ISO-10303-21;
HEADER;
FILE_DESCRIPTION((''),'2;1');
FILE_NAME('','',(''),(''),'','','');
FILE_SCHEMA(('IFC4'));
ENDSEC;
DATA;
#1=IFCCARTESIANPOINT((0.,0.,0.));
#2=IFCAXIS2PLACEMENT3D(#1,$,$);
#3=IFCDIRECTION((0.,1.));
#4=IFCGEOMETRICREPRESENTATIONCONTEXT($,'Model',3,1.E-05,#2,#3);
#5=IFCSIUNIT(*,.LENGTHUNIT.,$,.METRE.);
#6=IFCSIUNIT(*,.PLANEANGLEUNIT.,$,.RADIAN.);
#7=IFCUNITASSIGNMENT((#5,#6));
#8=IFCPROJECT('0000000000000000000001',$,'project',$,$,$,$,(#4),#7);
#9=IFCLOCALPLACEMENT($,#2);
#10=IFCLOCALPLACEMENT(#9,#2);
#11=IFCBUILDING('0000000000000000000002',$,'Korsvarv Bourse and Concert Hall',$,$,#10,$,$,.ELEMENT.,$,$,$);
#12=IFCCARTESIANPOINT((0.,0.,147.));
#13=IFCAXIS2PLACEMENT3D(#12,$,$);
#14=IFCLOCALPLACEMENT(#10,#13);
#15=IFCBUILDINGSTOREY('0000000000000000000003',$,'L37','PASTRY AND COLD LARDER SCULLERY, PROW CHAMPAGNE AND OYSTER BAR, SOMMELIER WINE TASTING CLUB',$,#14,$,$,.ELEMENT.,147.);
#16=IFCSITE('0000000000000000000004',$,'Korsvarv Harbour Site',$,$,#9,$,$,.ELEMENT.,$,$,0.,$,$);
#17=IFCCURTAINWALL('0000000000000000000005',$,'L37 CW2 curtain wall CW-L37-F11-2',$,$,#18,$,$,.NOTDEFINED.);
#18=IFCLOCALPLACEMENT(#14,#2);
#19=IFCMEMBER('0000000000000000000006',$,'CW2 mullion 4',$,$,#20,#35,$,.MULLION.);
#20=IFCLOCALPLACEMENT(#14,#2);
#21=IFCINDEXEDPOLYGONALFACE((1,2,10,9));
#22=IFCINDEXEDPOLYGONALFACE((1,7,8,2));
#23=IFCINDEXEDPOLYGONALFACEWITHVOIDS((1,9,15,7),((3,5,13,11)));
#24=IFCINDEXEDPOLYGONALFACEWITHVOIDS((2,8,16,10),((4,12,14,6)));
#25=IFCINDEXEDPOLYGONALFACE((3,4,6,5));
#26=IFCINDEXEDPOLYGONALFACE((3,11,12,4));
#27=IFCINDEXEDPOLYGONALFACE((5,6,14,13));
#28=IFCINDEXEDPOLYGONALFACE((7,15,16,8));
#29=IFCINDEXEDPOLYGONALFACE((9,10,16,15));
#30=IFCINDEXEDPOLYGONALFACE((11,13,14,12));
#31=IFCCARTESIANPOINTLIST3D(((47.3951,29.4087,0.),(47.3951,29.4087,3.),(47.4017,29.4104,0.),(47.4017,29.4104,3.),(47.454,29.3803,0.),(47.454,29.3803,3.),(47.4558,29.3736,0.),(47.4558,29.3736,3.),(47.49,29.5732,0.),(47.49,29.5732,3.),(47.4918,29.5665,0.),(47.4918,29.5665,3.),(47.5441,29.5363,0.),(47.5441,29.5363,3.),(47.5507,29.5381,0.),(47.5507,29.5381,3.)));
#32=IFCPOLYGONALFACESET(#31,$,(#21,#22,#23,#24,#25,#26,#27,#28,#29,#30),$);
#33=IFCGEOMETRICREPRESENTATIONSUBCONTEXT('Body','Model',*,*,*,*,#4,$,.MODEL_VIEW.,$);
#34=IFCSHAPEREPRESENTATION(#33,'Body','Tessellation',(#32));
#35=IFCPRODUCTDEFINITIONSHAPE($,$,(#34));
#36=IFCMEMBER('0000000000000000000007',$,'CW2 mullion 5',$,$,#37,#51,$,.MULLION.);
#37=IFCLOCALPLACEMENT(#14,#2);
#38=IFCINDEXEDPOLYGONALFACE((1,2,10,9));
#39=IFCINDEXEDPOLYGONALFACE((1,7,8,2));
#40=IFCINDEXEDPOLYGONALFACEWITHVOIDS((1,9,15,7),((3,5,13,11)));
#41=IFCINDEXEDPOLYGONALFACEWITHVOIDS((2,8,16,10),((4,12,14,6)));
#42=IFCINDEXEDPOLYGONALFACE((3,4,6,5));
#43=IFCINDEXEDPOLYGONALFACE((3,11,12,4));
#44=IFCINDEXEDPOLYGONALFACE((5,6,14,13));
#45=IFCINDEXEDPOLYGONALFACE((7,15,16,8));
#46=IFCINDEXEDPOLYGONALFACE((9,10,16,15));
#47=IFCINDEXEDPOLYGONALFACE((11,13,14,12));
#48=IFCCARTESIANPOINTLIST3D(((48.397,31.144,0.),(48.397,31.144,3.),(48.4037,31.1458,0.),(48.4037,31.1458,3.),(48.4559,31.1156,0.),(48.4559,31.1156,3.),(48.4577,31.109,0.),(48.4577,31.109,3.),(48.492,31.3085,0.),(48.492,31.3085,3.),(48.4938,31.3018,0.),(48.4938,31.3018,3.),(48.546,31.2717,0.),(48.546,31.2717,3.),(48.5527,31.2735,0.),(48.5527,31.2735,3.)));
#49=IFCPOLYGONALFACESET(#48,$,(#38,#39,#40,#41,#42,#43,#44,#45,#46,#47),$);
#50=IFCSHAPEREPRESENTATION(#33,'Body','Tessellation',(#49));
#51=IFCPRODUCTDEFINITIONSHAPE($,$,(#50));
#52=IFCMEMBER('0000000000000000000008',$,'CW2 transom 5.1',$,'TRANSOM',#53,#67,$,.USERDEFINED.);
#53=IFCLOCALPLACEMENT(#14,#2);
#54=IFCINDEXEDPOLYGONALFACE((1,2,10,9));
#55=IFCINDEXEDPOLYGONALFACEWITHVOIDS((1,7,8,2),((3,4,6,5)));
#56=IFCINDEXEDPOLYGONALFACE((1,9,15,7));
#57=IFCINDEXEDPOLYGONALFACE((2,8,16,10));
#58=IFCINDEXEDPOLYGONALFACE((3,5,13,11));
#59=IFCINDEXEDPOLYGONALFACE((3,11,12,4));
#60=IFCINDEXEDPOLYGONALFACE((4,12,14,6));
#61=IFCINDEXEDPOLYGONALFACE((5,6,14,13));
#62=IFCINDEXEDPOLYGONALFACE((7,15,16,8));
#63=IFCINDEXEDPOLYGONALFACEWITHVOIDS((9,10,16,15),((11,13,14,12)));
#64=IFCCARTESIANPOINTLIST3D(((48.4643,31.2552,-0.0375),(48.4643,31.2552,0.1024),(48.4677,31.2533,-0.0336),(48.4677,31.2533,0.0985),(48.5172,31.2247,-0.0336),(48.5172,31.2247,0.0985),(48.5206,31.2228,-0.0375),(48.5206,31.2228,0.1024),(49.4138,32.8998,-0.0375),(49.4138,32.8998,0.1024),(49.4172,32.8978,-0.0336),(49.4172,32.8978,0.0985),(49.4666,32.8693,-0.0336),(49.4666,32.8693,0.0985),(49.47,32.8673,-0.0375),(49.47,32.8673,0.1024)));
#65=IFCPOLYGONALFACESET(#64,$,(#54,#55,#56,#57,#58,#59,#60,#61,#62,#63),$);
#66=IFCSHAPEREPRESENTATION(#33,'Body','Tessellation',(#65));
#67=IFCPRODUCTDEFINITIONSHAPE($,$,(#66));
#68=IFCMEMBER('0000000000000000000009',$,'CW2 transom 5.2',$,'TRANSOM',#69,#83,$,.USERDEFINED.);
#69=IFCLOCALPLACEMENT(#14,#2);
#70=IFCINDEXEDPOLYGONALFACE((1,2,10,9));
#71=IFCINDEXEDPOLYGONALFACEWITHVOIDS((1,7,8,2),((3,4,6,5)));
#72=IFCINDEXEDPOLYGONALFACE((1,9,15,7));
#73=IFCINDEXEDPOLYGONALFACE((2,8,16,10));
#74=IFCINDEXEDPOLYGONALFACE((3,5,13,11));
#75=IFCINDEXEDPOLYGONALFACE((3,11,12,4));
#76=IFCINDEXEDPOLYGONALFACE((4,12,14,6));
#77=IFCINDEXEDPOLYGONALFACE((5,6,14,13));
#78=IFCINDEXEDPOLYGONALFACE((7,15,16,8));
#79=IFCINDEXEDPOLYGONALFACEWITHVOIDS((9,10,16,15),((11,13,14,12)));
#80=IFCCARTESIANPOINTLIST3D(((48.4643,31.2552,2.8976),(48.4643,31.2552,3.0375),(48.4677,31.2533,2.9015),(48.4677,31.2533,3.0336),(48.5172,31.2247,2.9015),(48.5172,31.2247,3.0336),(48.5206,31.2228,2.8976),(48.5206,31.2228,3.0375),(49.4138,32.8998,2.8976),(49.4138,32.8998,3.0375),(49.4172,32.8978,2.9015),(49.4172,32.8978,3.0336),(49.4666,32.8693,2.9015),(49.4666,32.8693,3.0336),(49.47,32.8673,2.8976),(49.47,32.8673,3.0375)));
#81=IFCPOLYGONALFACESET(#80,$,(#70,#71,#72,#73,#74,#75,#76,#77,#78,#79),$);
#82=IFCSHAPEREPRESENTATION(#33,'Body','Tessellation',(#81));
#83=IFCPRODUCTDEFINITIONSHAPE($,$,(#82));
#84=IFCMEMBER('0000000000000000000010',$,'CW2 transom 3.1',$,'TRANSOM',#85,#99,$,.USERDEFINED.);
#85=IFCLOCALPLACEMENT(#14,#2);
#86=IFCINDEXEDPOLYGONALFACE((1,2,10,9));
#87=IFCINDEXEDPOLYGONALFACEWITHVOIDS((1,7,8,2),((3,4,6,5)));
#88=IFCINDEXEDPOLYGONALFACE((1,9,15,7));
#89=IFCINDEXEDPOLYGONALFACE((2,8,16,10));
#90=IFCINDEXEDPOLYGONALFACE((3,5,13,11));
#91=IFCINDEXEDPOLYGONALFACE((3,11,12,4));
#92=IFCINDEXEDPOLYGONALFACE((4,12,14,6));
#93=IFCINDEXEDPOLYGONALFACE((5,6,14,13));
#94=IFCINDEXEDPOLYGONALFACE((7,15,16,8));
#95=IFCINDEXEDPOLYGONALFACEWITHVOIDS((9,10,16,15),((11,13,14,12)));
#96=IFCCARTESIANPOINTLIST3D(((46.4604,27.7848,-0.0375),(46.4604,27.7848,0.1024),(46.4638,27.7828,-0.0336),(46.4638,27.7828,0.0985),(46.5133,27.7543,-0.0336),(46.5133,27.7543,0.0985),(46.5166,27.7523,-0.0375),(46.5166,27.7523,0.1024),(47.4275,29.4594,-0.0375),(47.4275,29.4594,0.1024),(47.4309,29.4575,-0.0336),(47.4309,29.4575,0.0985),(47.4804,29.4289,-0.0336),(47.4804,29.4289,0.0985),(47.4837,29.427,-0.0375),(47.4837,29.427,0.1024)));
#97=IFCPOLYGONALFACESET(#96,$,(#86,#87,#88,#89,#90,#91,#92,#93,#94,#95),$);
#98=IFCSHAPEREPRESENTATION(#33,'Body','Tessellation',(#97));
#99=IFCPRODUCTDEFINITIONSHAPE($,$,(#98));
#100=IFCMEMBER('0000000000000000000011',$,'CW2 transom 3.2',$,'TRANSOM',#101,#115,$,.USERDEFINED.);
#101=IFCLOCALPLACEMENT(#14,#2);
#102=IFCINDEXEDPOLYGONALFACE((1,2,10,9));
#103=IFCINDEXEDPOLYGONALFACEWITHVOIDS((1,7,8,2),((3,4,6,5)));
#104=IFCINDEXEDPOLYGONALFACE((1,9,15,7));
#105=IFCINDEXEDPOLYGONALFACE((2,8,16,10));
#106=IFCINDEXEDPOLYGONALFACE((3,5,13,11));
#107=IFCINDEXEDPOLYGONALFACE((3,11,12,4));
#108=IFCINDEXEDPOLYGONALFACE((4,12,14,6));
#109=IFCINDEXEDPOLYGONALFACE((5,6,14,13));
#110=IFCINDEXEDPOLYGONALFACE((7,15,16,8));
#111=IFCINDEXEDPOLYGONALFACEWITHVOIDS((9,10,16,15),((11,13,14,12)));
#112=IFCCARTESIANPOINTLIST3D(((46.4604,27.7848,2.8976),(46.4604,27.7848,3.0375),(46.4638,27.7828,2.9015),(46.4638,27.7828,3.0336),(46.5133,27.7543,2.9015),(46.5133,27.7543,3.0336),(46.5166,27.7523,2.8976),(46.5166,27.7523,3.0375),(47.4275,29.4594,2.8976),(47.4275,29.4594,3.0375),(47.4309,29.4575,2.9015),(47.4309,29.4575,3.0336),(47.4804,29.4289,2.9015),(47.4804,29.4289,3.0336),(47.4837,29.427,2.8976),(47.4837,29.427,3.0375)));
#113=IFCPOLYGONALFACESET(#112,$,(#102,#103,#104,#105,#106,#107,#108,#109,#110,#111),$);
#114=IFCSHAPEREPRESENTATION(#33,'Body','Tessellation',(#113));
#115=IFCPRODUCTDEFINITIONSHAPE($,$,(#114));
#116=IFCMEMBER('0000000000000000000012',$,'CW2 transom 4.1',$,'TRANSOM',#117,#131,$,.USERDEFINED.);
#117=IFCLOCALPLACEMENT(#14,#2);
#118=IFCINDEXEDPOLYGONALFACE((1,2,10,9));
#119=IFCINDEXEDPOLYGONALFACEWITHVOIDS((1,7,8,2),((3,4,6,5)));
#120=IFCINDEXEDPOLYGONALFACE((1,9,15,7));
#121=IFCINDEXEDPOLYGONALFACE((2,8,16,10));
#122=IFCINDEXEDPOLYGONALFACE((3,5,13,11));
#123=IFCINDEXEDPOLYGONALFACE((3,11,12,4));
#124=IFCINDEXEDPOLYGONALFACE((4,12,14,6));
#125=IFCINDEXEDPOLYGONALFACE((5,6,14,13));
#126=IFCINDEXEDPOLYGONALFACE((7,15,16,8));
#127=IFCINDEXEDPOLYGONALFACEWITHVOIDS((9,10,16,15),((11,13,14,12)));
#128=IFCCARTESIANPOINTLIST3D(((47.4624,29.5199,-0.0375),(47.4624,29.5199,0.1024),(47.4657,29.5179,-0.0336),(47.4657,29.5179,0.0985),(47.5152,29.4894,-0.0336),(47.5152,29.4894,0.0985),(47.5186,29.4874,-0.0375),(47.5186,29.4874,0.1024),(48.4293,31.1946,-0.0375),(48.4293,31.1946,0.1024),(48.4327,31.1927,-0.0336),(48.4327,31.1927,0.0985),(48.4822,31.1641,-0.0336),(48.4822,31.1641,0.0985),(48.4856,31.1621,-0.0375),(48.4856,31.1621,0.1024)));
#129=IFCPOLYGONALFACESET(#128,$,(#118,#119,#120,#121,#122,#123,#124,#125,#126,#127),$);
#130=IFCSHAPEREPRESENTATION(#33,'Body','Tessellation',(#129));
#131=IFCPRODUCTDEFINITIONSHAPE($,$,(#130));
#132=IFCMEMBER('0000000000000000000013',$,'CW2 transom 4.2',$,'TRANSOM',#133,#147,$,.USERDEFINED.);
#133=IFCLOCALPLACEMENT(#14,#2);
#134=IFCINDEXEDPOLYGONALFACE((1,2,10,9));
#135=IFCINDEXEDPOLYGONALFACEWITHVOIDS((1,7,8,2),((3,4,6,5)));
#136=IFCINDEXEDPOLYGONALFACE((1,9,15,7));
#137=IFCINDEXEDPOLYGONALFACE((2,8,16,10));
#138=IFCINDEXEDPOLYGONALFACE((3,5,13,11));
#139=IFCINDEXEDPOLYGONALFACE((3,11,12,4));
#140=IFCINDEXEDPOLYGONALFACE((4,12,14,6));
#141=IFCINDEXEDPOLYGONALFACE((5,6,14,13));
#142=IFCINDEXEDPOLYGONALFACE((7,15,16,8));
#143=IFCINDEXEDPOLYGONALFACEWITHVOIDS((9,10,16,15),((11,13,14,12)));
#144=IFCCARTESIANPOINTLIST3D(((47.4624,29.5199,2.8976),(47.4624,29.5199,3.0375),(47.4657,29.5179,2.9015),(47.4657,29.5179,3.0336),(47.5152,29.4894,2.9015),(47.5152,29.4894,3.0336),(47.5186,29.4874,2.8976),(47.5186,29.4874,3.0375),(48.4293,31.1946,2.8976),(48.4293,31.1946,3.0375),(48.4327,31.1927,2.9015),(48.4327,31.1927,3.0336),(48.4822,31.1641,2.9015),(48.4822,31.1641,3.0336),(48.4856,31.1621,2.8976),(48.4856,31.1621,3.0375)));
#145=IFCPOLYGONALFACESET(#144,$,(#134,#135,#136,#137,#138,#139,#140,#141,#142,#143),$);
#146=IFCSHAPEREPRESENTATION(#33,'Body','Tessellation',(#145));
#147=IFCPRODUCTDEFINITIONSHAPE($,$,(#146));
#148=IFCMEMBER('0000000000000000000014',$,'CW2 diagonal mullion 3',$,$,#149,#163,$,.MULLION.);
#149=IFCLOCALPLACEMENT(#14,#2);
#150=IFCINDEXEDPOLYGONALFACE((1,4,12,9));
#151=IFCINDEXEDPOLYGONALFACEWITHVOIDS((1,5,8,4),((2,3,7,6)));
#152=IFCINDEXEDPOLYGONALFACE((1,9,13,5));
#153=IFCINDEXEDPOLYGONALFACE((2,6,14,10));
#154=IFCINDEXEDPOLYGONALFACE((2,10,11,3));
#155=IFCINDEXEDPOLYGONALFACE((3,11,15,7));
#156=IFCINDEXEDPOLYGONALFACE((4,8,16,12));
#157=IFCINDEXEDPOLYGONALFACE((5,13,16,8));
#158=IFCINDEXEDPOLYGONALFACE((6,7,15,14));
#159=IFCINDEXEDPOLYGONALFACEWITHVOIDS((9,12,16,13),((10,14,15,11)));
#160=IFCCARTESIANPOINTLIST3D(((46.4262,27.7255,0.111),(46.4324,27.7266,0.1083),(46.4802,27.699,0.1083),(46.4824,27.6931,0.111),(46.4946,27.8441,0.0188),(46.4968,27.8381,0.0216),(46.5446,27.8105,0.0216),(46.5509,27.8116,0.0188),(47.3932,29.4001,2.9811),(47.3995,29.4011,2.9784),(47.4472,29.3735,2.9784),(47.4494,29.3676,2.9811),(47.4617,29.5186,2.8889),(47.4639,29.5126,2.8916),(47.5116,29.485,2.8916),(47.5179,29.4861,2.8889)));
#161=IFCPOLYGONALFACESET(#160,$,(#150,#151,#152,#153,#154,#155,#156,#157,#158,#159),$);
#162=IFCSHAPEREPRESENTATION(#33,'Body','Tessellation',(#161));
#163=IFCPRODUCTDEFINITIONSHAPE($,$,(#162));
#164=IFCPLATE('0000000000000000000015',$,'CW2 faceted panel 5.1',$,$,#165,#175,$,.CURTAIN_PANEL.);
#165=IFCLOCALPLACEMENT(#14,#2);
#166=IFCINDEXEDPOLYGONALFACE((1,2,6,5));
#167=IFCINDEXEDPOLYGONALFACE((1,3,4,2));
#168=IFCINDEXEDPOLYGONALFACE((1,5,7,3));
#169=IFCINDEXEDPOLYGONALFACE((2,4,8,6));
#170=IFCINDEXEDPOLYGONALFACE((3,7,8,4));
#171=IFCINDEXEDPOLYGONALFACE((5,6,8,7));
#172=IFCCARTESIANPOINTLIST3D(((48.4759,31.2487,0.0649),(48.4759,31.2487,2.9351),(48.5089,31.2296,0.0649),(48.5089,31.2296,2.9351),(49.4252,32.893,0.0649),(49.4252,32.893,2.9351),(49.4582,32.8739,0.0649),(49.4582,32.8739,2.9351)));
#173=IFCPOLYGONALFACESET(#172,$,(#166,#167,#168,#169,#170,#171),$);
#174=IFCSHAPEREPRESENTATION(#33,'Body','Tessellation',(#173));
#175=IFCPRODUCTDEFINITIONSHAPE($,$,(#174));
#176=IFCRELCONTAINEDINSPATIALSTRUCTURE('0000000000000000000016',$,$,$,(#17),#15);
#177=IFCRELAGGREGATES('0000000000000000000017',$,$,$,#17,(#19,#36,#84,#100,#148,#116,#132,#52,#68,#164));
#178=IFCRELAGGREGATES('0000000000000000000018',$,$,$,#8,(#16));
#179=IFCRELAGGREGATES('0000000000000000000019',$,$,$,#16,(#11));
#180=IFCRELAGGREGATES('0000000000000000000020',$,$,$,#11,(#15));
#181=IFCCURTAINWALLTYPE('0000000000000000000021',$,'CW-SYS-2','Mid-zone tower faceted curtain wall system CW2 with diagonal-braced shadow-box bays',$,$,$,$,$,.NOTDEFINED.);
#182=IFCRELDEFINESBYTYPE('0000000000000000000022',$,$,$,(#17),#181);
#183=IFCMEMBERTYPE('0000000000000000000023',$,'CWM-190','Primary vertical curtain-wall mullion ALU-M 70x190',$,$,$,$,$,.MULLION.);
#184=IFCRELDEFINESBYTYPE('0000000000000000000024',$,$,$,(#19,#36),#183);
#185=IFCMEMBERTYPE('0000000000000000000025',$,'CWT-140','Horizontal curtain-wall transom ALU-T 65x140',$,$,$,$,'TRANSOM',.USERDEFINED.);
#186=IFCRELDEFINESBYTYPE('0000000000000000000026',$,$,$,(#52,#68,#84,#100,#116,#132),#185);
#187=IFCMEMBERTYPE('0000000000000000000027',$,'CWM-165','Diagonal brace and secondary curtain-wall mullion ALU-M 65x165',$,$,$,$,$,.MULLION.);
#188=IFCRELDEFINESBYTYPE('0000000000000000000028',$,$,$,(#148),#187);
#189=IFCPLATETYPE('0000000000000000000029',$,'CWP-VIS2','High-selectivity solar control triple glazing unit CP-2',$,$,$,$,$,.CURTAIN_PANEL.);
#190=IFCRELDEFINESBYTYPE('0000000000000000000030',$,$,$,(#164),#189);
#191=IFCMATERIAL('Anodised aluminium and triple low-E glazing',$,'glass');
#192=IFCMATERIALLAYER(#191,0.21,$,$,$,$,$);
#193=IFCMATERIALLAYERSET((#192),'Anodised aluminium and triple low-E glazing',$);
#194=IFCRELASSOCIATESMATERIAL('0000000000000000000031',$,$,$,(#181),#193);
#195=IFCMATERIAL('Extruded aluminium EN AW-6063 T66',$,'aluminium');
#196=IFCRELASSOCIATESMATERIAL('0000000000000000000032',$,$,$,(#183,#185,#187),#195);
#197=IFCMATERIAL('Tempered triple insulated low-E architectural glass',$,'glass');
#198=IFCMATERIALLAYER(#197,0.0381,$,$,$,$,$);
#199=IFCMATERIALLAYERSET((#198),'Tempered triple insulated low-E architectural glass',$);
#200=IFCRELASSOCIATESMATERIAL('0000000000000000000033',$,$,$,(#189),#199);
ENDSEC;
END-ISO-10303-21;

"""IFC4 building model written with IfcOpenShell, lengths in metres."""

from ifc_helpers import new_model, si_unit, direction, frame, origin, origin_2d, place, context, subcontext, project, spatial, rectangle, hollow_rectangle, extrude, source, transform, mapped, material, layer, layer_set, material_profile, profile_set, type_object, element, aggregate, save


model = new_model("IFC4")

# Units and contexts
model_context = context("Model", 3, precision=1e-05, world=origin(), true_north=direction((0.0, 1.0)))
body_context = subcontext(model_context, "Body", "Model", "MODEL_VIEW")
ifc_project = project(units=[si_unit("LENGTHUNIT", "METRE"), si_unit("PLANEANGLEUNIT", "RADIAN")], contexts=[model_context])

# Site, building, storey
site_placement = place(None, origin())
site = spatial("IfcSite", under=ifc_project, at=site_placement, Name="Korsvarv Harbour Site", CompositionType="ELEMENT", RefElevation=0.0)
building_placement = place(site_placement, origin())
building = spatial("IfcBuilding", under=site, at=building_placement, Name="Korsvarv Bourse and Concert Hall", CompositionType="ELEMENT")
storey_placement = place(building_placement, frame((0.0, 0.0, 147.0)))
storey = spatial("IfcBuildingStorey", under=building, at=storey_placement, Name="L37", Description="PASTRY AND COLD LARDER SCULLERY, PROW CHAMPAGNE AND OYSTER BAR, SOMMELIER WINE TASTING CLUB", CompositionType="ELEMENT", Elevation=147.0)

# Curtain wall, members, plate
ifc_material_1 = material(Name="Anodised aluminium and triple low-E glazing", Category="glass")
ifc_layer_1 = layer(ifc_material_1, 0.21)
ifc_layer_set_1 = layer_set([ifc_layer_1], Name="Anodised aluminium and triple low-E glazing")
curtain_wall_type = type_object("IfcCurtainWallType", Name="CW-SYS-2", Description="Mid-zone tower faceted curtain wall system CW2 with diagonal-braced shadow-box bays", PredefinedType="NOTDEFINED", material=ifc_layer_set_1)
curtain_wall_placement = place(storey_placement, origin())
curtain_wall = element("IfcCurtainWall", 1, at=curtain_wall_placement, inside=storey, type_object=curtain_wall_type, Name="L37 CW2 curtain wall CW-L37-F11-2", PredefinedType="NOTDEFINED")
ifc_material_2 = material(Name="Extruded aluminium EN AW-6063 T66", Category="aluminium")
ifc_material_profile_1 = material_profile(ifc_material_2, hollow_rectangle(XDim=0.0701, YDim=0.1899, WallThickness=0.0049, at=origin_2d()), Name="ALU-M 70x190")
ifc_profile_set_1 = profile_set([ifc_material_profile_1], Name="Extruded aluminium EN AW-6063 T66")
member_type_1 = type_object("IfcMemberType", Name="CWM-190", Description="Primary vertical curtain-wall mullion ALU-M 70x190", PredefinedType="MULLION", material=ifc_profile_set_1)
shared_shape_1 = source(origin(), body_context, "Body", "SweptSolid", [
    extrude(hollow_rectangle(XDim=0.0701, YDim=0.1899, WallThickness=0.0049, at=origin_2d()), origin(), (0.0, 0.0, 1.0), 3.0),
])
member_1_placement = place(storey_placement, frame((47.4729, 29.4734, 0.0), z_axis=(0.0, 0.0, 1.0), x_axis=(-0.866023, 0.500005, 0.0)))
member_1 = element("IfcMember", 2, at=member_1_placement, type_object=member_type_1, Name="CW2 mullion 4", PredefinedType="MULLION", context=body_context, shape_type="MappedRepresentation", body=[
    mapped(shared_shape_1, transform((0.0, 0.0, 0.0), scale=1.0)),
])
member_2_placement = place(storey_placement, frame((48.4749, 31.2087, 0.0), z_axis=(0.0, 0.0, 1.0), x_axis=(-0.866023, 0.500005, 0.0)))
member_2 = element("IfcMember", 3, at=member_2_placement, type_object=member_type_1, Name="CW2 mullion 5", PredefinedType="MULLION", context=body_context, shape_type="MappedRepresentation", body=[
    mapped(shared_shape_1, transform((0.0, 0.0, 0.0), scale=1.0)),
])
ifc_material_profile_2 = material_profile(ifc_material_2, hollow_rectangle(XDim=0.0649, YDim=0.1399, WallThickness=0.0039, at=origin_2d()), Name="ALU-T 65x140")
ifc_profile_set_2 = profile_set([ifc_material_profile_2], Name="Extruded aluminium EN AW-6063 T66")
member_type_2 = type_object("IfcMemberType", Name="CWT-140", Description="Horizontal curtain-wall transom ALU-T 65x140", ElementType="TRANSOM", PredefinedType="USERDEFINED", material=ifc_profile_set_2)
shared_shape_2 = source(origin(), body_context, "Body", "SweptSolid", [
    extrude(hollow_rectangle(XDim=0.0649, YDim=0.1399, WallThickness=0.0039, at=origin_2d()), origin(), (0.0, 0.0, 1.0), 1.8989),
])
member_3_placement = place(storey_placement, frame((48.4924, 31.239, 0.0325), z_axis=(0.499997, 0.866027, 0.0), x_axis=(-0.866027, 0.499997, 0.0)))
member_3 = element("IfcMember", 4, at=member_3_placement, type_object=member_type_2, Name="CW2 transom 5.1", ObjectType="TRANSOM", PredefinedType="USERDEFINED", context=body_context, shape_type="MappedRepresentation", body=[
    mapped(shared_shape_2, transform((0.0, 0.0, 0.0), scale=1.0)),
])
member_4_placement = place(storey_placement, frame((48.4924, 31.239, 2.9675), z_axis=(0.499997, 0.866027, 0.0), x_axis=(-0.866027, 0.499997, 0.0)))
member_4 = element("IfcMember", 5, at=member_4_placement, type_object=member_type_2, Name="CW2 transom 5.2", ObjectType="TRANSOM", PredefinedType="USERDEFINED", context=body_context, shape_type="MappedRepresentation", body=[
    mapped(shared_shape_2, transform((0.0, 0.0, 0.0), scale=1.0)),
])
shared_shape_3 = source(origin(), body_context, "Body", "SweptSolid", [
    extrude(hollow_rectangle(XDim=0.0649, YDim=0.1399, WallThickness=0.0039, at=origin_2d()), origin(), (0.0, 0.0, 1.0), 1.9338),
])
member_5_placement = place(storey_placement, frame((46.4885, 27.7686, 0.0325), z_axis=(0.50009, 0.865973, 0.0), x_axis=(-0.865973, 0.50009, 0.0)))
member_5 = element("IfcMember", 6, at=member_5_placement, type_object=member_type_2, Name="CW2 transom 3.1", ObjectType="TRANSOM", PredefinedType="USERDEFINED", context=body_context, shape_type="MappedRepresentation", body=[
    mapped(shared_shape_3, transform((0.0, 0.0, 0.0), scale=1.0)),
])
member_6_placement = place(storey_placement, frame((46.4885, 27.7686, 2.9675), z_axis=(0.50009, 0.865973, 0.0), x_axis=(-0.865973, 0.50009, 0.0)))
member_6 = element("IfcMember", 7, at=member_6_placement, type_object=member_type_2, Name="CW2 transom 3.2", ObjectType="TRANSOM", PredefinedType="USERDEFINED", context=body_context, shape_type="MappedRepresentation", body=[
    mapped(shared_shape_3, transform((0.0, 0.0, 0.0), scale=1.0)),
])
member_7_placement = place(storey_placement, frame((47.4905, 29.5037, 0.0325), z_axis=(0.500036, 0.866005, 0.0), x_axis=(-0.866005, 0.500036, 0.0)))
member_7 = element("IfcMember", 8, at=member_7_placement, type_object=member_type_2, Name="CW2 transom 4.1", ObjectType="TRANSOM", PredefinedType="USERDEFINED", context=body_context, shape_type="MappedRepresentation", body=[
    mapped(shared_shape_3, transform((0.0, 0.0, 0.0), scale=1.0)),
])
member_8_placement = place(storey_placement, frame((47.4905, 29.5037, 2.9675), z_axis=(0.500036, 0.866005, 0.0), x_axis=(-0.866005, 0.500036, 0.0)))
member_8 = element("IfcMember", 9, at=member_8_placement, type_object=member_type_2, Name="CW2 transom 4.2", ObjectType="TRANSOM", PredefinedType="USERDEFINED", context=body_context, shape_type="MappedRepresentation", body=[
    mapped(shared_shape_3, transform((0.0, 0.0, 0.0), scale=1.0)),
])
ifc_material_profile_3 = material_profile(ifc_material_2, hollow_rectangle(XDim=0.0649, YDim=0.165, WallThickness=0.0049, at=origin_2d()), Name="ALU-M 65x165")
ifc_profile_set_3 = profile_set([ifc_material_profile_3], Name="Extruded aluminium EN AW-6063 T66")
member_type_3 = type_object("IfcMemberType", Name="CWM-165", Description="Diagonal brace and secondary curtain-wall mullion ALU-M 65x165", PredefinedType="MULLION", material=ifc_profile_set_3)
shared_shape_4 = source(origin(), body_context, "Body", "SweptSolid", [
    extrude(hollow_rectangle(XDim=0.0649, YDim=0.165, WallThickness=0.0049, at=origin_2d()), origin(), (0.0, 0.0, 1.0), 3.4607),
])
member_9_placement = place(storey_placement, frame((46.4885, 27.7686, 0.0649), z_axis=(0.27943, 0.48387, 0.82933), x_axis=(-0.865973, 0.50009, 0.0)))
member_9 = element("IfcMember", 10, at=member_9_placement, type_object=member_type_3, Name="CW2 diagonal mullion 3", PredefinedType="MULLION", context=body_context, shape_type="MappedRepresentation", body=[
    mapped(shared_shape_4, transform((0.0, 0.0, 0.0), scale=1.0)),
])
ifc_material_3 = material(Name="Tempered triple insulated low-E architectural glass", Category="glass")
ifc_layer_2 = layer(ifc_material_3, 0.0381)
ifc_layer_set_2 = layer_set([ifc_layer_2], Name="Tempered triple insulated low-E architectural glass")
plate_type_1 = type_object("IfcPlateType", Name="CWP-VIS2", Description="High-selectivity solar control triple glazing unit CP-2", PredefinedType="CURTAIN_PANEL", material=ifc_layer_set_2)
shared_shape_5 = source(origin(), body_context, "Body", "SweptSolid", [
    extrude(rectangle(XDim=1.8987, YDim=0.0381, at=origin_2d()), origin(), (0.0, 0.0, 1.0), 2.8701),
])
plate_1_placement = place(storey_placement, frame((48.967, 32.0613, 0.0649), z_axis=(0.0, 0.0, 1.0), x_axis=(0.500005, 0.866023, 0.0)))
plate_1 = element("IfcPlate", 11, at=plate_1_placement, type_object=plate_type_1, Name="CW2 faceted panel 5.1", PredefinedType="CURTAIN_PANEL", context=body_context, shape_type="MappedRepresentation", body=[
    mapped(shared_shape_5, transform((0.0, 0.0, 0.0), scale=1.0)),
])
aggregate(curtain_wall, [member_1, member_2, member_5, member_6, member_9, member_7, member_8, member_3, member_4, plate_1])

save(model, "model.ifc")
